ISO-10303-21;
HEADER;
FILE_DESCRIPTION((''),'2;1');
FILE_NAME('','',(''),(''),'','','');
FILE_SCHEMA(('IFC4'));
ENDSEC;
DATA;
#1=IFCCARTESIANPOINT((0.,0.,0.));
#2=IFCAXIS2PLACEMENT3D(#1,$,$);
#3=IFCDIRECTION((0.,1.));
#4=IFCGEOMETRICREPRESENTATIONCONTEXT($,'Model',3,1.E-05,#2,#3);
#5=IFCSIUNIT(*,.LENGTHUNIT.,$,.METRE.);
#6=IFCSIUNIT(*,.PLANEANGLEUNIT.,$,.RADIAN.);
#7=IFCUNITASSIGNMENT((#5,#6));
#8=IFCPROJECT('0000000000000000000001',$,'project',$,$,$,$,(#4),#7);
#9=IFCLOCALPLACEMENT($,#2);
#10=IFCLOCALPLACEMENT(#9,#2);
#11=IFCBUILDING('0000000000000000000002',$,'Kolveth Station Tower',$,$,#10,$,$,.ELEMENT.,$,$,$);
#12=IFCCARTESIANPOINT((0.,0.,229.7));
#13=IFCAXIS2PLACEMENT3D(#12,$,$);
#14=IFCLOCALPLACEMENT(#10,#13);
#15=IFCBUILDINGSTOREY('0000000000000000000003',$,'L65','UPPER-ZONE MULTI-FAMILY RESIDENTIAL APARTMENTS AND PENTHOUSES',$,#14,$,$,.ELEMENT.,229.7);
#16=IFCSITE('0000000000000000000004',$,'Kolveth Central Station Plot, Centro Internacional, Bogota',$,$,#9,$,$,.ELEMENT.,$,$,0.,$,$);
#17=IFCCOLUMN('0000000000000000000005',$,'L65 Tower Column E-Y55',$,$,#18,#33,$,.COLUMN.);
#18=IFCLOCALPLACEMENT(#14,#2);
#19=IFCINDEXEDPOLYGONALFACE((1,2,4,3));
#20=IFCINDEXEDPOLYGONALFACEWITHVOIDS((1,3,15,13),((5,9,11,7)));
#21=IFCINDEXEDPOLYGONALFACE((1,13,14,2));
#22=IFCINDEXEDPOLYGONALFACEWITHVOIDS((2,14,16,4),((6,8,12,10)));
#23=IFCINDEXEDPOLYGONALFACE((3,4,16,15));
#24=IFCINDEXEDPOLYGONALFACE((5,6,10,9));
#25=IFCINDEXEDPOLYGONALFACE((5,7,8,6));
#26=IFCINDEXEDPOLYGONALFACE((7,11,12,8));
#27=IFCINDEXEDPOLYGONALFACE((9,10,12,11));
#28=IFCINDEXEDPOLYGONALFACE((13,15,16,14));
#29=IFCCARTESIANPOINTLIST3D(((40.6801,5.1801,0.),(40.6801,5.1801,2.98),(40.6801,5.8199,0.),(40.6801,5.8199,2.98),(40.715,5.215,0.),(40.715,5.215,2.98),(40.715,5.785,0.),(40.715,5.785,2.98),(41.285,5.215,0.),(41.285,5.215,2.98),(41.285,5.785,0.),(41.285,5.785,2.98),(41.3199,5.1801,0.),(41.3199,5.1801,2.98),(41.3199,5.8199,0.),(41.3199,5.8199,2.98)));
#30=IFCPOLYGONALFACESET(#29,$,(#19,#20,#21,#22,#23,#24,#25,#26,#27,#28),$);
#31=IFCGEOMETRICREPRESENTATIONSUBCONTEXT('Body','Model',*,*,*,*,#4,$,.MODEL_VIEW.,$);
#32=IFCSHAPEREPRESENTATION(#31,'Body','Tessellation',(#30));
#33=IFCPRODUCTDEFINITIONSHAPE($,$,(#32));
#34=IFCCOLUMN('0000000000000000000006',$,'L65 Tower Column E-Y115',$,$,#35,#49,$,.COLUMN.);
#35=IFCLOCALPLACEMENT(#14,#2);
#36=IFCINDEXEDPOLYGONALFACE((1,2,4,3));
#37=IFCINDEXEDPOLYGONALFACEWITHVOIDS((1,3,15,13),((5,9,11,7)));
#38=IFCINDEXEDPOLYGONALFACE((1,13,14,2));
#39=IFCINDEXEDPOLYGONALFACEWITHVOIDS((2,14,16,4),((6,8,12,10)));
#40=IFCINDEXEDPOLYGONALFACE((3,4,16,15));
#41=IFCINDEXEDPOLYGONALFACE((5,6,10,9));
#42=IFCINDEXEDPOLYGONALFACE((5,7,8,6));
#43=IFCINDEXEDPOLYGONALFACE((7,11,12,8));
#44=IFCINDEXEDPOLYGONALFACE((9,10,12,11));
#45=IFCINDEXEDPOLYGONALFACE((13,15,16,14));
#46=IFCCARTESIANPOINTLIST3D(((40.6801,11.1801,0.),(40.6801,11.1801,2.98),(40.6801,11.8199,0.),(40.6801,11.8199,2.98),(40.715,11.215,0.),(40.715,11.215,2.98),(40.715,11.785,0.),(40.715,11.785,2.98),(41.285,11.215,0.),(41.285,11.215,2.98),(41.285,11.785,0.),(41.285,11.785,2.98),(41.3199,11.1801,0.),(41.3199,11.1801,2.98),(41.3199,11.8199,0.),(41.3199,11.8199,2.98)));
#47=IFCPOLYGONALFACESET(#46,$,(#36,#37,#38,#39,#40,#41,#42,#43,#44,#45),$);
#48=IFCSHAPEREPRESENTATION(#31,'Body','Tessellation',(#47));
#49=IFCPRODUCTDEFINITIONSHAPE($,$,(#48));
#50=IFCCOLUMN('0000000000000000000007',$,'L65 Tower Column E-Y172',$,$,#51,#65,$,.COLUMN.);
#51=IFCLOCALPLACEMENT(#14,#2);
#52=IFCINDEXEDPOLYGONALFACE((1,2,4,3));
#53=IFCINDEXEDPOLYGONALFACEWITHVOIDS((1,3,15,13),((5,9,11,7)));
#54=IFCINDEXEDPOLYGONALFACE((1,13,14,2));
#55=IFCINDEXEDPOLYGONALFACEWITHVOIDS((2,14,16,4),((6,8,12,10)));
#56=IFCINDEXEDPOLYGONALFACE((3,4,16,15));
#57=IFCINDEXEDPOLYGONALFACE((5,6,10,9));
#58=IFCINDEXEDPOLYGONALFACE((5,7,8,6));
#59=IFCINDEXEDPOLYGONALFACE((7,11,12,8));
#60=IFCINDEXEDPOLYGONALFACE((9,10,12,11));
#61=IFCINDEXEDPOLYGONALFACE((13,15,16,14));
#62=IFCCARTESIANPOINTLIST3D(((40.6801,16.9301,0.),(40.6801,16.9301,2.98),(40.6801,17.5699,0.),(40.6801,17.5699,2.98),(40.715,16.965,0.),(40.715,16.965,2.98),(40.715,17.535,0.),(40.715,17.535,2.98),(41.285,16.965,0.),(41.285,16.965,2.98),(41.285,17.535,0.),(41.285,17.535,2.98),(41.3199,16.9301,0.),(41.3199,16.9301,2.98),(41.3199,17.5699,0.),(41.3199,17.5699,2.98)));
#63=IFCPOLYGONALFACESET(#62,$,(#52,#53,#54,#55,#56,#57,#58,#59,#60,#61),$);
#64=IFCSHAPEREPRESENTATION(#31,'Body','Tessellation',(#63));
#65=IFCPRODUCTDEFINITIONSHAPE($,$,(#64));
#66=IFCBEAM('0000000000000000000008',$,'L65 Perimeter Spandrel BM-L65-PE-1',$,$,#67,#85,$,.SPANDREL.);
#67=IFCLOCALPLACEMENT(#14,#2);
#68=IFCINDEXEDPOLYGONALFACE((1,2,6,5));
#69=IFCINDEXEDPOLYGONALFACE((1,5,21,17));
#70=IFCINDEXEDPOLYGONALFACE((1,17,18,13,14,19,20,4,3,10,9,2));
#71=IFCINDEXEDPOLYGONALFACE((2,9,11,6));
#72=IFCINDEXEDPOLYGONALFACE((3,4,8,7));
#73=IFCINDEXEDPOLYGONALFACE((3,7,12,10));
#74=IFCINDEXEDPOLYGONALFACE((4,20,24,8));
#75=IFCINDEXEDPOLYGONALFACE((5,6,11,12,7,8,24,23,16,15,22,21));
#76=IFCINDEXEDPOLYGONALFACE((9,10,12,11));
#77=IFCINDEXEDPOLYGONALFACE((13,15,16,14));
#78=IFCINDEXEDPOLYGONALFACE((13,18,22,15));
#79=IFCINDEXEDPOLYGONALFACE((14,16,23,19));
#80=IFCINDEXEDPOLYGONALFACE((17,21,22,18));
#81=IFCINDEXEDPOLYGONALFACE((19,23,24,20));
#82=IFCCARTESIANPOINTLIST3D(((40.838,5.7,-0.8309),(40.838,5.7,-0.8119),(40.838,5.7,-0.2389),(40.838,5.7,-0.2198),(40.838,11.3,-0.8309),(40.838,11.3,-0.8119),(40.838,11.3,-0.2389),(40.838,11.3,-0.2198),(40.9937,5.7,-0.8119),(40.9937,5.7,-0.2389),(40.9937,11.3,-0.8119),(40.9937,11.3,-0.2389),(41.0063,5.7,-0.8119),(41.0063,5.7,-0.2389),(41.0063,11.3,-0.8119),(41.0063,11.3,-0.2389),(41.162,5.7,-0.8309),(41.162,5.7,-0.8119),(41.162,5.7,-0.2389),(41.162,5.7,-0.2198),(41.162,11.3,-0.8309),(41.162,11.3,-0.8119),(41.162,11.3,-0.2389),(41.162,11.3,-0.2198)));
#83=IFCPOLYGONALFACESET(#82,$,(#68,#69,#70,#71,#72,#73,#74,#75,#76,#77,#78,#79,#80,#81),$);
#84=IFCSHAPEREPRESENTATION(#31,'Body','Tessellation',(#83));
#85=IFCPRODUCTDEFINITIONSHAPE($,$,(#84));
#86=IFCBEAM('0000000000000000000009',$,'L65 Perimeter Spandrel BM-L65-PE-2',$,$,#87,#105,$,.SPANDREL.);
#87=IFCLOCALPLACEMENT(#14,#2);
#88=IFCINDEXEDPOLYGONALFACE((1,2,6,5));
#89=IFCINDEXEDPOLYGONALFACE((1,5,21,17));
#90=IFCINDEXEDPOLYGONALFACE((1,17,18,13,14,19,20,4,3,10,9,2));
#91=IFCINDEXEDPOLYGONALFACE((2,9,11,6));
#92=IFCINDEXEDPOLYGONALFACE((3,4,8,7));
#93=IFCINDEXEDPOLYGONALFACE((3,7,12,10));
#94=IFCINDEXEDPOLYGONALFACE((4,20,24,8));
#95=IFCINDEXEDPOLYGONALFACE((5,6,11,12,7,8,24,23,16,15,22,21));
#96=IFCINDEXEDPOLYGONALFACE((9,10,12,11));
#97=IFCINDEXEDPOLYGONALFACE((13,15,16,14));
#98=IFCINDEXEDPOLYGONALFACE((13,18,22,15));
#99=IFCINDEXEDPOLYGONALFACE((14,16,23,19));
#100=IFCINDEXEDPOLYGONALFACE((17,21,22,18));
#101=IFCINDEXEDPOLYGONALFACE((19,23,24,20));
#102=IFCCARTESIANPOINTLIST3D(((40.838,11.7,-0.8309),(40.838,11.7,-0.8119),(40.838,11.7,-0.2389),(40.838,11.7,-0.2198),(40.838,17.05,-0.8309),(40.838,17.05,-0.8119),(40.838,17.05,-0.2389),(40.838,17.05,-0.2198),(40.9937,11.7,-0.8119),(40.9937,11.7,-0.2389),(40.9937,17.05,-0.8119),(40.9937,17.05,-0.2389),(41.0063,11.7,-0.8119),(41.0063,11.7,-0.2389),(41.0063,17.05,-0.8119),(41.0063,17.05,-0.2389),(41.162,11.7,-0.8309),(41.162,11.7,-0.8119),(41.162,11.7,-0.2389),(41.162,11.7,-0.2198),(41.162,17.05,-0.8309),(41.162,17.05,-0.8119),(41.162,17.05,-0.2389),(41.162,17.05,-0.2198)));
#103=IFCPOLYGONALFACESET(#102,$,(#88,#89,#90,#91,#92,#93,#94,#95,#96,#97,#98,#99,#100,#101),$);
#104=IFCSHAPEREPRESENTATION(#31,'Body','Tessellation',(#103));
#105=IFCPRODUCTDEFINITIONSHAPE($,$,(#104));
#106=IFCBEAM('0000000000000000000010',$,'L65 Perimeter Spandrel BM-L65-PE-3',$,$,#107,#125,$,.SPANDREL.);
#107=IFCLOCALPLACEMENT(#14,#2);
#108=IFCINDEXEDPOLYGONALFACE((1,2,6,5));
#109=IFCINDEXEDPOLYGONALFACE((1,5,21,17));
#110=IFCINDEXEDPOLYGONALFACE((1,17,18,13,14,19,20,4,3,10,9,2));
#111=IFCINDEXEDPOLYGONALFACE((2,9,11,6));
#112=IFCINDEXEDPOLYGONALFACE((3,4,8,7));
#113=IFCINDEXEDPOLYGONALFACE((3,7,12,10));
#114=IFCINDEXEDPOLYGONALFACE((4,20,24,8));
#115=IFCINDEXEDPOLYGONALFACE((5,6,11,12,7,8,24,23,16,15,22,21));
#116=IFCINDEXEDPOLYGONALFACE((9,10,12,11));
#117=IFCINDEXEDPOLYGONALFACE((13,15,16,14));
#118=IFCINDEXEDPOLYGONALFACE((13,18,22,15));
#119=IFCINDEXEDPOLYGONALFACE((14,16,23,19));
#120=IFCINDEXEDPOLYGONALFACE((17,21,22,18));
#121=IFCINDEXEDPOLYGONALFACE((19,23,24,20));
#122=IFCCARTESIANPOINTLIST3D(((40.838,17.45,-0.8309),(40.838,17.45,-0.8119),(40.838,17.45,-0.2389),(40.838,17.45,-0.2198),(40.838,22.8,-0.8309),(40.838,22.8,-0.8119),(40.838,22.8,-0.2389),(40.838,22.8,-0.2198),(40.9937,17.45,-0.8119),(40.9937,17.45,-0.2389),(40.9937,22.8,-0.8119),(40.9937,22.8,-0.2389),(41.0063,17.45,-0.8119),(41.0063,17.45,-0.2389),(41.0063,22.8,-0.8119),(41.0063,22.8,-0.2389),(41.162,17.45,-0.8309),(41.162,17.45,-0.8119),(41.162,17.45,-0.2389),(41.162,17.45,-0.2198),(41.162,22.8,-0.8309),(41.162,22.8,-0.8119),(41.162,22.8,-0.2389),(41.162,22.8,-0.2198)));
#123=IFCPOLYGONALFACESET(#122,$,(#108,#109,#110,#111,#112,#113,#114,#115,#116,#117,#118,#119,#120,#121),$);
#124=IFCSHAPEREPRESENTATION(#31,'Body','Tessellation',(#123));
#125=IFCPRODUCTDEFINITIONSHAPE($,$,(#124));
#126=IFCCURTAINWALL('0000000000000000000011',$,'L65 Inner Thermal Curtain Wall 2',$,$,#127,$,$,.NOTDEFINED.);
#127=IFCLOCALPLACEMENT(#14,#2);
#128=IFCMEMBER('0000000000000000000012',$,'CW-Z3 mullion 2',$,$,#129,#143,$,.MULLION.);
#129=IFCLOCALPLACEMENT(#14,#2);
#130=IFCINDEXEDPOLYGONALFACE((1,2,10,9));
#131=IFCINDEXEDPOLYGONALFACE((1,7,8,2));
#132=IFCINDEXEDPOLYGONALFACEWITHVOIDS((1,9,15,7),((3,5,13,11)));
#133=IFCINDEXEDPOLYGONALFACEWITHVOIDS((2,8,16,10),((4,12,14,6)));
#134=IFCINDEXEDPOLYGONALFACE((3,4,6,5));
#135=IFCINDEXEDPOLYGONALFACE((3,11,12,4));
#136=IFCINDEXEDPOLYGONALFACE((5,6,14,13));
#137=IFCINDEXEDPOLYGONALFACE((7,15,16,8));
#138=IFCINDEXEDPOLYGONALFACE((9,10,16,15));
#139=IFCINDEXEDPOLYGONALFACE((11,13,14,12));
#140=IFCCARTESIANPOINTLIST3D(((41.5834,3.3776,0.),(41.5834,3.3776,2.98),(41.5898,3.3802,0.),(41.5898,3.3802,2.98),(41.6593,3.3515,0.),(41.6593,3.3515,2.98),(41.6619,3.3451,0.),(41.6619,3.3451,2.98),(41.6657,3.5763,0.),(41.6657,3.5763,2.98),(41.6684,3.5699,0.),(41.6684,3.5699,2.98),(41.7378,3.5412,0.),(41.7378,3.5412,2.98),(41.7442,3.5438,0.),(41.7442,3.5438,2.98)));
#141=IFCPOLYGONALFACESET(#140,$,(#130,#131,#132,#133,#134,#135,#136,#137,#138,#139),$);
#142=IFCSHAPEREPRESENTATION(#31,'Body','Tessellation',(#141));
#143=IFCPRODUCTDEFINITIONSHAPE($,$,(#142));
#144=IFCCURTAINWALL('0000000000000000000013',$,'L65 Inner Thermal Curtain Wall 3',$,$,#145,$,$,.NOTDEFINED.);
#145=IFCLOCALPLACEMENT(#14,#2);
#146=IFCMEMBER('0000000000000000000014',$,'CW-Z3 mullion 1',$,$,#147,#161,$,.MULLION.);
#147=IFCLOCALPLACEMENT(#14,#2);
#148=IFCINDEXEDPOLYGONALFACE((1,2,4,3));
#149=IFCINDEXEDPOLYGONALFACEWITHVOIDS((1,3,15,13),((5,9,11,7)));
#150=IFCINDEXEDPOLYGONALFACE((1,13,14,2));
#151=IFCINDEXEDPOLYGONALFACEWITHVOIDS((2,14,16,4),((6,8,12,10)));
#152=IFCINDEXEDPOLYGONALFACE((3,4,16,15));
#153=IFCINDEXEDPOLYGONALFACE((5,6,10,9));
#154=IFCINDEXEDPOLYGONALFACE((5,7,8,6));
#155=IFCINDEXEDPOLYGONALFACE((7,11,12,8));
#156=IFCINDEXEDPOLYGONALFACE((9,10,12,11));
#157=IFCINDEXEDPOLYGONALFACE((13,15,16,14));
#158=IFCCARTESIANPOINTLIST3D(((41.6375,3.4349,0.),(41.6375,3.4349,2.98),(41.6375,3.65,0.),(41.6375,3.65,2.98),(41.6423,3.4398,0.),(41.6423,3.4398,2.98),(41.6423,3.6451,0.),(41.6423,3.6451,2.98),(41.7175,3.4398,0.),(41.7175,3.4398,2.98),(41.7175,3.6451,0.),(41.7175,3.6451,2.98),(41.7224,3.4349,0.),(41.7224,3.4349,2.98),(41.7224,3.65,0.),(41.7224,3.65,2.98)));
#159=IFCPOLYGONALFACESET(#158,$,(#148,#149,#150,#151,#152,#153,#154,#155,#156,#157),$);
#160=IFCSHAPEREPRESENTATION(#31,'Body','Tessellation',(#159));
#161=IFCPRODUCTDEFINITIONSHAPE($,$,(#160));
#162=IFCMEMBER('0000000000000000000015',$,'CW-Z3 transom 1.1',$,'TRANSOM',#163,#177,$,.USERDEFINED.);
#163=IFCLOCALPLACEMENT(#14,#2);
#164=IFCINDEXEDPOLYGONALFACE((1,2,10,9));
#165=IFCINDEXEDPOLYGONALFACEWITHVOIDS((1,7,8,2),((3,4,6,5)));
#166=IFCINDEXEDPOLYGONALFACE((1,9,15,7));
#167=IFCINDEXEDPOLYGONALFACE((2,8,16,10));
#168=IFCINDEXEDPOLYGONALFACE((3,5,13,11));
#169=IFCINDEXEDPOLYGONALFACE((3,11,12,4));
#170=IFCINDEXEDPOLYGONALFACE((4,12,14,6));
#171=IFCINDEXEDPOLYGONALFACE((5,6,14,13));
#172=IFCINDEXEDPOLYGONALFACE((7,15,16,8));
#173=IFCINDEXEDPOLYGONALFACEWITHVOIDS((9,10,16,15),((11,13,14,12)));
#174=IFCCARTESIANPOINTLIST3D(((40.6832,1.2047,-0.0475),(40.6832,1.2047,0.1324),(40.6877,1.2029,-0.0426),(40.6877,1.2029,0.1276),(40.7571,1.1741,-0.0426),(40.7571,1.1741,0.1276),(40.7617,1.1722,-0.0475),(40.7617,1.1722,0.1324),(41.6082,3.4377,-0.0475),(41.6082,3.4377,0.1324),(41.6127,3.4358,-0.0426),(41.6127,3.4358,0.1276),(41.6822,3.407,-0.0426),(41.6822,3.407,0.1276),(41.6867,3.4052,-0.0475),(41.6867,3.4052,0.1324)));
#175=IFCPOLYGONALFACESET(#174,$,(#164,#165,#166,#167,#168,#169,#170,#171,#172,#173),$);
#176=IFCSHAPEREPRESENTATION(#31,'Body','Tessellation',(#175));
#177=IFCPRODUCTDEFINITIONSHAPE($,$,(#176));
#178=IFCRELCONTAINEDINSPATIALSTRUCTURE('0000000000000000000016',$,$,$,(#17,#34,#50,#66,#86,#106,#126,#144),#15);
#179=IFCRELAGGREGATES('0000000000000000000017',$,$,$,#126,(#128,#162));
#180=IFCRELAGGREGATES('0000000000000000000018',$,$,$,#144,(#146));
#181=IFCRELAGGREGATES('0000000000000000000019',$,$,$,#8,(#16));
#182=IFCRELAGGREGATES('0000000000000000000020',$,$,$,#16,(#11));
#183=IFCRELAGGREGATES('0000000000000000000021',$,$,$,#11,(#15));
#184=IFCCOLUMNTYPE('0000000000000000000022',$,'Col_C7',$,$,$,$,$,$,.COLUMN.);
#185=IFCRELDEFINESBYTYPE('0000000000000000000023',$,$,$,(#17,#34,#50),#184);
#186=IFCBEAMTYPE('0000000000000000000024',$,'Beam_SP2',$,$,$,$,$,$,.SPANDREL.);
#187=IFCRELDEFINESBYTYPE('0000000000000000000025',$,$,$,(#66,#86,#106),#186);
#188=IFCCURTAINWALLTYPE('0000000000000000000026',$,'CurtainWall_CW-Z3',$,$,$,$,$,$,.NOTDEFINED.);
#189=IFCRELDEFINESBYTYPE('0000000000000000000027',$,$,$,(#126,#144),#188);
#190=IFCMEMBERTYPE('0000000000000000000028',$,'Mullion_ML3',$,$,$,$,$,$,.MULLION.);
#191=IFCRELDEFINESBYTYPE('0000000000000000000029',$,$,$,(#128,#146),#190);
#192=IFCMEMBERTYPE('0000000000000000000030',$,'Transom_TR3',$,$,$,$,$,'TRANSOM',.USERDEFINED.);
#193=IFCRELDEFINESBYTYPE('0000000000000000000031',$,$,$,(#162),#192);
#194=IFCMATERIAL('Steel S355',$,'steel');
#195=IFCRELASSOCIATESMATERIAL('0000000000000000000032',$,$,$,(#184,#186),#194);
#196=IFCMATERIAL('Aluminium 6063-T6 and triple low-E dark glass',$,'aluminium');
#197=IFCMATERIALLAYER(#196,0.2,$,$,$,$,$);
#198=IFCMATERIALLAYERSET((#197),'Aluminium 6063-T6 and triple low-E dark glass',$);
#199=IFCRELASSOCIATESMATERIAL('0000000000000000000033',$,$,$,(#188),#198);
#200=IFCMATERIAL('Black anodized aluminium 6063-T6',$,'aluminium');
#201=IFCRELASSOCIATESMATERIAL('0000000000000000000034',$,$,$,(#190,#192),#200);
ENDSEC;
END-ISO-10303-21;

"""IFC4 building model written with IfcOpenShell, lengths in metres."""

from ifc_helpers import new_model, si_unit, direction, frame, origin, origin_2d, place, context, subcontext, project, spatial, hollow_rectangle, i_section, extrude, source, transform, mapped, material, layer, layer_set, material_profile, profile_set, type_object, element, aggregate, save


model = new_model("IFC4")

# Units and contexts
model_context = context("Model", 3, precision=1e-05, world=origin(), true_north=direction((0.0, 1.0)))
body_context = subcontext(model_context, "Body", "Model", "MODEL_VIEW")
ifc_project = project(units=[si_unit("LENGTHUNIT", "METRE"), si_unit("PLANEANGLEUNIT", "RADIAN")], contexts=[model_context])

# Site, building, storey
site_placement = place(None, origin())
site = spatial("IfcSite", under=ifc_project, at=site_placement, Name="Kolveth Central Station Plot, Centro Internacional, Bogota", CompositionType="ELEMENT", RefElevation=0.0)
building_placement = place(site_placement, origin())
building = spatial("IfcBuilding", under=site, at=building_placement, Name="Kolveth Station Tower", CompositionType="ELEMENT")
storey_placement = place(building_placement, frame((0.0, 0.0, 229.7)))
storey = spatial("IfcBuildingStorey", under=building, at=storey_placement, Name="L65", Description="UPPER-ZONE MULTI-FAMILY RESIDENTIAL APARTMENTS AND PENTHOUSES", CompositionType="ELEMENT", Elevation=229.7)

# Columns
ifc_material_1 = material(Name="Steel S355", Category="steel")
ifc_material_profile_1 = material_profile(ifc_material_1, hollow_rectangle(XDim=0.6399, YDim=0.6399, WallThickness=0.0349, at=origin_2d()), Name="BOX640x640x35")
ifc_profile_set_1 = profile_set([ifc_material_profile_1], Name="Steel S355")
column_type = type_object("IfcColumnType", Name="Col_C7", PredefinedType="COLUMN", material=ifc_profile_set_1)
shared_shape_1 = source(origin(), body_context, "Body", "SweptSolid", [
    extrude(hollow_rectangle(XDim=0.6399, YDim=0.6399, WallThickness=0.0349, at=origin_2d()), origin(), (0.0, 0.0, 1.0), 2.98),
])
for number, where, z_axis, x_axis, name in (
    (1, (41.0, 5.5, 0.0), (0.0, 0.0, 1.0), (1.0, 0.0, 0.0), "L65 Tower Column E-Y55"),
    (2, (41.0, 11.5, 0.0), (0.0, 0.0, 1.0), (1.0, 0.0, 0.0), "L65 Tower Column E-Y115"),
    (3, (41.0, 17.25, 0.0), (0.0, 0.0, 1.0), (1.0, 0.0, 0.0), "L65 Tower Column E-Y172"),
):
    element("IfcColumn", number, at=place(storey_placement, frame(where, z_axis=z_axis, x_axis=x_axis)), inside=storey, type_object=column_type, Name=name, PredefinedType="COLUMN", context=body_context, shape_type="MappedRepresentation", body=[
        mapped(shared_shape_1, transform((0.0, 0.0, 0.0), x_axis=(1.0, 0.0, 0.0), y_axis=(0.0, 1.0, 0.0), z_axis=(0.0, 0.0, 1.0), scale=1.0)),
    ])

# Beams
ifc_material_profile_2 = material_profile(ifc_material_1, i_section(OverallWidth=0.324, OverallDepth=0.6111, WebThickness=0.0127, FlangeThickness=0.019, at=origin_2d()), Name="W610x155")
ifc_profile_set_2 = profile_set([ifc_material_profile_2], Name="Steel S355")
beam_type = type_object("IfcBeamType", Name="Beam_SP2", PredefinedType="SPANDREL", material=ifc_profile_set_2)
shared_shape_2 = source(origin(), body_context, "Body", "SweptSolid", [
    extrude(i_section(OverallWidth=0.324, OverallDepth=0.6111, WebThickness=0.0127, FlangeThickness=0.019, at=origin_2d()), origin(), (0.0, 0.0, 1.0), 5.6001),
])
beam_placement = place(storey_placement, frame((41.0, 5.7, -0.5254), z_axis=(0.0, 1.0, 0.0), x_axis=(-1.0, 0.0, 0.0)))
element("IfcBeam", 4, at=beam_placement, inside=storey, type_object=beam_type, Name="L65 Perimeter Spandrel BM-L65-PE-1", PredefinedType="SPANDREL", context=body_context, shape_type="MappedRepresentation", body=[
    mapped(shared_shape_2, transform((0.0, 0.0, 0.0), x_axis=(1.0, 0.0, 0.0), y_axis=(0.0, 1.0, 0.0), z_axis=(0.0, 0.0, 1.0), scale=1.0)),
])
shared_shape_3 = source(origin(), body_context, "Body", "SweptSolid", [
    extrude(i_section(OverallWidth=0.324, OverallDepth=0.6111, WebThickness=0.0127, FlangeThickness=0.019, at=origin_2d()), origin(), (0.0, 0.0, 1.0), 5.3501),
])
for number, where, z_axis, x_axis, name in (
    (5, (41.0, 11.7, -0.5254), (0.0, 1.0, 0.0), (-1.0, 0.0, 0.0), "L65 Perimeter Spandrel BM-L65-PE-2"),
    (6, (41.0, 17.45, -0.5254), (0.0, 1.0, 0.0), (-1.0, 0.0, 0.0), "L65 Perimeter Spandrel BM-L65-PE-3"),
):
    element("IfcBeam", number, at=place(storey_placement, frame(where, z_axis=z_axis, x_axis=x_axis)), inside=storey, type_object=beam_type, Name=name, PredefinedType="SPANDREL", context=body_context, shape_type="MappedRepresentation", body=[
        mapped(shared_shape_3, transform((0.0, 0.0, 0.0), x_axis=(1.0, 0.0, 0.0), y_axis=(0.0, 1.0, 0.0), z_axis=(0.0, 0.0, 1.0), scale=1.0)),
    ])

# Curtain walls, members
ifc_material_2 = material(Name="Aluminium 6063-T6 and triple low-E dark glass", Category="aluminium")
ifc_layer_1 = layer(ifc_material_2, 0.2)
ifc_layer_set_1 = layer_set([ifc_layer_1], Name="Aluminium 6063-T6 and triple low-E dark glass")
curtain_wall_type_1 = type_object("IfcCurtainWallType", Name="CurtainWall_CW-Z3", PredefinedType="NOTDEFINED", material=ifc_layer_set_1)
curtain_wall_1_placement = place(storey_placement, origin())
curtain_wall_1 = element("IfcCurtainWall", 7, at=curtain_wall_1_placement, inside=storey, type_object=curtain_wall_type_1, Name="L65 Inner Thermal Curtain Wall 2", PredefinedType="NOTDEFINED")
ifc_material_3 = material(Name="Black anodized aluminium 6063-T6", Category="aluminium")
ifc_material_profile_3 = material_profile(ifc_material_3, hollow_rectangle(XDim=0.085, YDim=0.2151, WallThickness=0.0049, at=origin_2d()), Name="ALU-85x215x5")
ifc_profile_set_3 = profile_set([ifc_material_profile_3], Name="Black anodized aluminium 6063-T6")
member_type_1 = type_object("IfcMemberType", Name="Mullion_ML3", PredefinedType="MULLION", material=ifc_profile_set_3)
shared_shape_4 = source(origin(), body_context, "Body", "SweptSolid", [
    extrude(hollow_rectangle(XDim=0.085, YDim=0.2151, WallThickness=0.0049, at=origin_2d()), origin(), (0.0, 0.0, 1.0), 2.98),
])
member_1_placement = place(storey_placement, frame((41.6638, 3.4607, 0.0), z_axis=(0.0, 0.0, 1.0), x_axis=(-0.923875, 0.382693, 0.0)))
member_1 = element("IfcMember", 8, at=member_1_placement, type_object=member_type_1, Name="CW-Z3 mullion 2", PredefinedType="MULLION", context=body_context, shape_type="MappedRepresentation", body=[
    mapped(shared_shape_4, transform((0.0, 0.0, 0.0), x_axis=(1.0, 0.0, 0.0), y_axis=(0.0, 1.0, 0.0), z_axis=(0.0, 0.0, 1.0), scale=1.0)),
])
curtain_wall_2_placement = place(storey_placement, origin())
curtain_wall_2 = element("IfcCurtainWall", 9, at=curtain_wall_2_placement, inside=storey, type_object=curtain_wall_type_1, Name="L65 Inner Thermal Curtain Wall 3", PredefinedType="NOTDEFINED")
member_2_placement = place(storey_placement, frame((41.6799, 3.5425, 0.0), z_axis=(0.0, 0.0, 1.0), x_axis=(-1.0, 0.0, 0.0)))
member_2 = element("IfcMember", 10, at=member_2_placement, type_object=member_type_1, Name="CW-Z3 mullion 1", PredefinedType="MULLION", context=body_context, shape_type="MappedRepresentation", body=[
    mapped(shared_shape_4, transform((0.0, 0.0, 0.0), x_axis=(1.0, 0.0, 0.0), y_axis=(0.0, 1.0, 0.0), z_axis=(0.0, 0.0, 1.0), scale=1.0)),
])

# Member
ifc_material_profile_4 = material_profile(ifc_material_3, hollow_rectangle(XDim=0.085, YDim=0.1799, WallThickness=0.0049, at=origin_2d()), Name="ALU-85x180x5")
ifc_profile_set_4 = profile_set([ifc_material_profile_4], Name="Black anodized aluminium 6063-T6")
member_type_2 = type_object("IfcMemberType", Name="Transom_TR3", ElementType="TRANSOM", PredefinedType="USERDEFINED", material=ifc_profile_set_4)
shared_shape_5 = source(origin(), body_context, "Body", "SweptSolid", [
    extrude(hollow_rectangle(XDim=0.085, YDim=0.1799, WallThickness=0.0049, at=origin_2d()), origin(), (0.0, 0.0, 1.0), 2.417),
])
member_3_placement = place(storey_placement, frame((40.7224, 1.1885, 0.0425), z_axis=(0.382735, 0.923858, 0.0), x_axis=(-0.923858, 0.382735, 0.0)))
member_3 = element("IfcMember", 11, at=member_3_placement, type_object=member_type_2, Name="CW-Z3 transom 1.1", ObjectType="TRANSOM", PredefinedType="USERDEFINED", context=body_context, shape_type="MappedRepresentation", body=[
    mapped(shared_shape_5, transform((0.0, 0.0, 0.0), x_axis=(1.0, 0.0, 0.0), y_axis=(0.0, 1.0, 0.0), z_axis=(0.0, 0.0, 1.0), scale=1.0)),
])

aggregate(curtain_wall_1, [member_1, member_3])
aggregate(curtain_wall_2, [member_2])

save(model, "model.ifc")
